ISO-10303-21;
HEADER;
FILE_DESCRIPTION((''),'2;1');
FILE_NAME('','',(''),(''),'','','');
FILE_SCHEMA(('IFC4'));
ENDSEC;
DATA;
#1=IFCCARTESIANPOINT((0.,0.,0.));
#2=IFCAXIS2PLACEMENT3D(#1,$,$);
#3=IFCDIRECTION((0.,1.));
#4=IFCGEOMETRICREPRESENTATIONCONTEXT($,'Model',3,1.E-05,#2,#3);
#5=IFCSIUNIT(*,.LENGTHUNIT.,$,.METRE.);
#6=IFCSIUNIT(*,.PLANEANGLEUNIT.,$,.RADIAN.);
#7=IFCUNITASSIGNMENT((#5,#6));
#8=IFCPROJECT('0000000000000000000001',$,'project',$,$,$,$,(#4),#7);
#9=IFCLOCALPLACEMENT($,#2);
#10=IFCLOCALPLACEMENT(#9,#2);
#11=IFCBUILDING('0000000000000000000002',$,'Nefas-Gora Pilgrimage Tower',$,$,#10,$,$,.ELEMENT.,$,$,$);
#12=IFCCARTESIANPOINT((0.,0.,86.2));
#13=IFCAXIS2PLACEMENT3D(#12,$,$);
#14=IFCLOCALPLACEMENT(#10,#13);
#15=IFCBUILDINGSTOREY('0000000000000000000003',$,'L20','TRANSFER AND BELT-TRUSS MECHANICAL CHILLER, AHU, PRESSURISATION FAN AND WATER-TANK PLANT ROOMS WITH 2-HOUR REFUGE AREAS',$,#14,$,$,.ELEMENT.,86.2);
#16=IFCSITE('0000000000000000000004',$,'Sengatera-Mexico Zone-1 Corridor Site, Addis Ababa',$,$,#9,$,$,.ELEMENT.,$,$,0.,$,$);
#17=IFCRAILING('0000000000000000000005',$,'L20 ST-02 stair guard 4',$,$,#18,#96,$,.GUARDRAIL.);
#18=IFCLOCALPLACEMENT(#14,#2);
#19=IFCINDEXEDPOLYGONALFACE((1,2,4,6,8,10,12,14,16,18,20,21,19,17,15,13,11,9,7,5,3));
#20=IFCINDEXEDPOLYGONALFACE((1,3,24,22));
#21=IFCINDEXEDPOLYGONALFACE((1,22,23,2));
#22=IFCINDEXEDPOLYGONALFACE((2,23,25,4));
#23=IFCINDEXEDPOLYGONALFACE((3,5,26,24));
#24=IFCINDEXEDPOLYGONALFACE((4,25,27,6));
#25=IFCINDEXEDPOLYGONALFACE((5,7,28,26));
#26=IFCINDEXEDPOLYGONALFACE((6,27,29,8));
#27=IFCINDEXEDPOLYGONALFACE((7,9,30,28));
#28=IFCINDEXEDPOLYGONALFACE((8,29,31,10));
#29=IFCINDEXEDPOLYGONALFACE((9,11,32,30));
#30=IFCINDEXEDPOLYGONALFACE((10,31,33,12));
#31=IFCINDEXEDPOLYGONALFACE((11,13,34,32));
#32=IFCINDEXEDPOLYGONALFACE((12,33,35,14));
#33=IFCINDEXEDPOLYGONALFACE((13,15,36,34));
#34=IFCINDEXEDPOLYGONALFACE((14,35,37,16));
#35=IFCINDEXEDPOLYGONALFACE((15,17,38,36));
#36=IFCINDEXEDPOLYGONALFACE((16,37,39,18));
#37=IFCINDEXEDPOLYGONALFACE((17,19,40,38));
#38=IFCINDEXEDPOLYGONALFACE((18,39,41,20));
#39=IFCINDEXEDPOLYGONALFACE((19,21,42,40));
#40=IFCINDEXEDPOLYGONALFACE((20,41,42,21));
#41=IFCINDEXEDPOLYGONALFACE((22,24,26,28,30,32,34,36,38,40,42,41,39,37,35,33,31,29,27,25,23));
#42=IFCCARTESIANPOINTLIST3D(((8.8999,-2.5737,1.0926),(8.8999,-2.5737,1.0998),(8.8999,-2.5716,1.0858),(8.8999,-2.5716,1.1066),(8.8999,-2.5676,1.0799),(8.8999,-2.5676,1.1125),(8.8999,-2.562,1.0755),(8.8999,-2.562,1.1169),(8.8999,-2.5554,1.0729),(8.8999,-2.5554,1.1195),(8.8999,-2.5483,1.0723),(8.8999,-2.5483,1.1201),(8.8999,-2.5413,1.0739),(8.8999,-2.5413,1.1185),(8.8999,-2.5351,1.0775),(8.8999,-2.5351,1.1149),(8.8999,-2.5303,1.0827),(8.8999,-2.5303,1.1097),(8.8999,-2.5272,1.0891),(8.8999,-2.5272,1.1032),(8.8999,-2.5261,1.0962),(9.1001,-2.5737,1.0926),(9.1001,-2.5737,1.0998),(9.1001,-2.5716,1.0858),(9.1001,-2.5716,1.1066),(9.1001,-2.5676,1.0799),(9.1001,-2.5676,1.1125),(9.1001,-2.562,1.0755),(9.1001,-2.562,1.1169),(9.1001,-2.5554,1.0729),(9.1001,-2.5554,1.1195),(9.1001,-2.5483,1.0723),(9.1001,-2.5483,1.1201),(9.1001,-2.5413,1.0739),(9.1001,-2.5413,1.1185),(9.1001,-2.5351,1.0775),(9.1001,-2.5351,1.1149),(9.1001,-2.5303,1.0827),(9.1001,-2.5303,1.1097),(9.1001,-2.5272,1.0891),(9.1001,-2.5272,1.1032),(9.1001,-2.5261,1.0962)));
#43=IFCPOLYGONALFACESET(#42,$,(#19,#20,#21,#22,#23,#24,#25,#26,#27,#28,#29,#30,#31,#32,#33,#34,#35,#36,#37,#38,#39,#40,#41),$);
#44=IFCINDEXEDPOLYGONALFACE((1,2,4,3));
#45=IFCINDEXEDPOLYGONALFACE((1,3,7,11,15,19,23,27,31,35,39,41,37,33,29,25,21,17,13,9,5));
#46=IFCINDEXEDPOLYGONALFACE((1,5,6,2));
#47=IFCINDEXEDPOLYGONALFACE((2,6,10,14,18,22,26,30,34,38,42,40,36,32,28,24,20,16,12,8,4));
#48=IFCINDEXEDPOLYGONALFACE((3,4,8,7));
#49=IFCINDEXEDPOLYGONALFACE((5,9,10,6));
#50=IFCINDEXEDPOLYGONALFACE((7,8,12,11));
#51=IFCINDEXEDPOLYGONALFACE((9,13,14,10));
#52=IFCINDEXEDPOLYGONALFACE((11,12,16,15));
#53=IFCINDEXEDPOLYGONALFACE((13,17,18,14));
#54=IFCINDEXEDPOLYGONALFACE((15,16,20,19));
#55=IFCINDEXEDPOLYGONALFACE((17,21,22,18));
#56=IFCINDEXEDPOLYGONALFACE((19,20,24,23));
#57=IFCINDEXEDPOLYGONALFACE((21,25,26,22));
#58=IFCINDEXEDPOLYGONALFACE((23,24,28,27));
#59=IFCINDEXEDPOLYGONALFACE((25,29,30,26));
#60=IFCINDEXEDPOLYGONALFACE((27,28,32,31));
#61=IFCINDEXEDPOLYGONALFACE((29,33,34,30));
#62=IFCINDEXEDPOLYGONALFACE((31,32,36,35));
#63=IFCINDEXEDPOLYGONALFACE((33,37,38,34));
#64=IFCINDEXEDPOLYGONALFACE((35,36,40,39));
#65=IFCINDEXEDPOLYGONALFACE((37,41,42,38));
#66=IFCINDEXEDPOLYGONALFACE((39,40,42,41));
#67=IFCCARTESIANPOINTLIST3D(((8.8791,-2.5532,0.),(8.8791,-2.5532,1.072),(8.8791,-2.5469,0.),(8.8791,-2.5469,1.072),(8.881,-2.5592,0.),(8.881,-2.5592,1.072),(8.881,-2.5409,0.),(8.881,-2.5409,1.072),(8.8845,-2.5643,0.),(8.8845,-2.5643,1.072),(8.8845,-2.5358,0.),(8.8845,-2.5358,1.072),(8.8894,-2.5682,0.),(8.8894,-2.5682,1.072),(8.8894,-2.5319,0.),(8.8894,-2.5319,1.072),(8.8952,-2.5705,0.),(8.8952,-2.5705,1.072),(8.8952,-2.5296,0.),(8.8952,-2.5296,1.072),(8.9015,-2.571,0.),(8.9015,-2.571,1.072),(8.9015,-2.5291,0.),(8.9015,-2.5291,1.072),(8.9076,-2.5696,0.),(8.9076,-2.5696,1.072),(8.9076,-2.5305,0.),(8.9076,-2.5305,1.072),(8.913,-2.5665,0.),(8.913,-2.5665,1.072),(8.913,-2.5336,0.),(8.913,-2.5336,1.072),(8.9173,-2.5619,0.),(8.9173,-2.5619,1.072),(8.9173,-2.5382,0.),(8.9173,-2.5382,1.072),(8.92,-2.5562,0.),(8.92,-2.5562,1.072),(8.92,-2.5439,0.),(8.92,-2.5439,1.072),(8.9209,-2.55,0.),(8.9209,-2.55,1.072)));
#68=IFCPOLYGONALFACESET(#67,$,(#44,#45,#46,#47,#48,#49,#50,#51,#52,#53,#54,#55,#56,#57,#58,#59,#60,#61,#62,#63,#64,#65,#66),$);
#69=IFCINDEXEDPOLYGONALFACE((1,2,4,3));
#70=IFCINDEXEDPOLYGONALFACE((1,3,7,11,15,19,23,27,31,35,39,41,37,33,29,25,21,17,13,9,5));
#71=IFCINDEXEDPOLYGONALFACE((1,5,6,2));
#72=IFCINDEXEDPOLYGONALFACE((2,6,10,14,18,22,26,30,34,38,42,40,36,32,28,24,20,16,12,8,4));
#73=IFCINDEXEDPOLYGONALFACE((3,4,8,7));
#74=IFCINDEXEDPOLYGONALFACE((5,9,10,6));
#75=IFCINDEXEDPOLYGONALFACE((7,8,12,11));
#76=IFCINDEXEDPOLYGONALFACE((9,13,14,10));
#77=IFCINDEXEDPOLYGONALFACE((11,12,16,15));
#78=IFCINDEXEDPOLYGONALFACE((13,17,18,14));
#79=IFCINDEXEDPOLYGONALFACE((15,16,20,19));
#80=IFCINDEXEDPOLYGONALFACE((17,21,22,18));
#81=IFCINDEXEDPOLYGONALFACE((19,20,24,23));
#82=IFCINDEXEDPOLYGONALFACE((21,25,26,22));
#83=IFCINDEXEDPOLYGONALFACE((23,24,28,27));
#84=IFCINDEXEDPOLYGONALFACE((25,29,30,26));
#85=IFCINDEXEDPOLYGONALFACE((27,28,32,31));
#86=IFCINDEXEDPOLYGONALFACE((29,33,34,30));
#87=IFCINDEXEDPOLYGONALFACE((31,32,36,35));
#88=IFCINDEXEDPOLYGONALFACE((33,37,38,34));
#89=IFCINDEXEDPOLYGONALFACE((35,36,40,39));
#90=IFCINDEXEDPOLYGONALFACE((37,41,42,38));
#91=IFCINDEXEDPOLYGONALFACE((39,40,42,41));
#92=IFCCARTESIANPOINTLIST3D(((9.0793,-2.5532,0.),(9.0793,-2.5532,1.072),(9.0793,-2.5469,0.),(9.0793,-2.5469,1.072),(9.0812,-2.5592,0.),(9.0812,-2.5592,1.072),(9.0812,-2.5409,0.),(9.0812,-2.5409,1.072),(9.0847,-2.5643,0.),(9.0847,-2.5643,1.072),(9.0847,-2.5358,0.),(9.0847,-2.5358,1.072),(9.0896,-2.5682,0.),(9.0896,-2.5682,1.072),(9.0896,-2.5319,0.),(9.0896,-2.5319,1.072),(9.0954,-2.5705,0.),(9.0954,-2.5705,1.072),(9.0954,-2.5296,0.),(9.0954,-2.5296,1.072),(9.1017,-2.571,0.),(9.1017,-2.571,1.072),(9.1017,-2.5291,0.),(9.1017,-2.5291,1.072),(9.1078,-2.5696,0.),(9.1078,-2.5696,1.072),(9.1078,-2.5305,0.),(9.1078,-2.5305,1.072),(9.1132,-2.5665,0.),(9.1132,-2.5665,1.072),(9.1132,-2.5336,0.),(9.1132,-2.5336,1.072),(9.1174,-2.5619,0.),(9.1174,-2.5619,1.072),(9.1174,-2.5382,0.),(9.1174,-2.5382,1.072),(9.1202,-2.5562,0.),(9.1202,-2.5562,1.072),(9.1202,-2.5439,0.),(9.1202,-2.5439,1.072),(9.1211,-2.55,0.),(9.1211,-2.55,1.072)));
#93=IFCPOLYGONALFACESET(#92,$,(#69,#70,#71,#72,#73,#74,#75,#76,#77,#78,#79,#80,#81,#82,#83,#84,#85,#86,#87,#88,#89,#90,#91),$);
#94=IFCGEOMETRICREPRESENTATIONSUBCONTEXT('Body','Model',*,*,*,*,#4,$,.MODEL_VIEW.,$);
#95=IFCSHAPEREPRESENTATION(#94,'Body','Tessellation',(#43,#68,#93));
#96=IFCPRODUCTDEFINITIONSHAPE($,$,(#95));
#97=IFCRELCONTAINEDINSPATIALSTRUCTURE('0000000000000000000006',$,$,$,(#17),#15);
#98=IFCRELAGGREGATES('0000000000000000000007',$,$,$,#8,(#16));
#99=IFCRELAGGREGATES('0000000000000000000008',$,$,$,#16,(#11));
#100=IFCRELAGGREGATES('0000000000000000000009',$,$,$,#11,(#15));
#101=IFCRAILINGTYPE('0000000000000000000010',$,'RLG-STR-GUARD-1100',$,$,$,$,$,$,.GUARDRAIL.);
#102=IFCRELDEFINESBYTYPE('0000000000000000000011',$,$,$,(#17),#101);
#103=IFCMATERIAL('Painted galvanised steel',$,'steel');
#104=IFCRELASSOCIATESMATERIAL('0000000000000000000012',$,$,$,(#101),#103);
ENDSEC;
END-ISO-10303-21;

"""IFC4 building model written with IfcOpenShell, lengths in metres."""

from ifc_helpers import new_model, si_unit, direction, frame, origin, origin_2d, place, context, subcontext, project, spatial, circle, extrude, material, type_object, element, save


model = new_model("IFC4")

# Units and contexts
model_context = context("Model", 3, precision=1e-05, world=origin(), true_north=direction((0.0, 1.0)))
body_context = subcontext(model_context, "Body", "Model", "MODEL_VIEW")
ifc_project = project(units=[si_unit("LENGTHUNIT", "METRE"), si_unit("PLANEANGLEUNIT", "RADIAN")], contexts=[model_context])

# Site, building, storey
site_placement = place(None, origin())
site = spatial("IfcSite", under=ifc_project, at=site_placement, Name="Sengatera-Mexico Zone-1 Corridor Site, Addis Ababa", CompositionType="ELEMENT", RefElevation=0.0)
building_placement = place(site_placement, origin())
building = spatial("IfcBuilding", under=site, at=building_placement, Name="Nefas-Gora Pilgrimage Tower", CompositionType="ELEMENT")
storey_placement = place(building_placement, frame((0.0, 0.0, 86.2)))
storey = spatial("IfcBuildingStorey", under=building, at=storey_placement, Name="L20", Description="TRANSFER AND BELT-TRUSS MECHANICAL CHILLER, AHU, PRESSURISATION FAN AND WATER-TANK PLANT ROOMS WITH 2-HOUR REFUGE AREAS", CompositionType="ELEMENT", Elevation=86.2)

# Railing
ifc_material_1 = material(Name="Painted galvanised steel", Category="steel")
railing_type_1 = type_object("IfcRailingType", Name="RLG-STR-GUARD-1100", PredefinedType="GUARDRAIL", material=ifc_material_1)
railing_1_placement = place(storey_placement, frame((8.8999, -2.55, 0.0)))
element("IfcRailing", 1, at=railing_1_placement, inside=storey, type_object=railing_type_1, Name="L20 ST-02 stair guard 4", PredefinedType="GUARDRAIL", context=body_context, shape_type="SweptSolid", body=[
    extrude(circle(Radius=0.0239, at=origin_2d()), frame((0.0, 0.0, 1.0962), z_axis=(1.0, 0.0, 0.0), x_axis=(0.0, 1.0, 0.0)), (0.0, 0.0, 1.0), 0.2002),
    extrude(circle(Radius=0.021, at=origin_2d()), origin(), (0.0, 0.0, 1.0), 1.072),
    extrude(circle(Radius=0.021, at=origin_2d()), frame((0.2002, 0.0, 0.0)), (0.0, 0.0, 1.0), 1.072),
])

save(model, "model.ifc")
